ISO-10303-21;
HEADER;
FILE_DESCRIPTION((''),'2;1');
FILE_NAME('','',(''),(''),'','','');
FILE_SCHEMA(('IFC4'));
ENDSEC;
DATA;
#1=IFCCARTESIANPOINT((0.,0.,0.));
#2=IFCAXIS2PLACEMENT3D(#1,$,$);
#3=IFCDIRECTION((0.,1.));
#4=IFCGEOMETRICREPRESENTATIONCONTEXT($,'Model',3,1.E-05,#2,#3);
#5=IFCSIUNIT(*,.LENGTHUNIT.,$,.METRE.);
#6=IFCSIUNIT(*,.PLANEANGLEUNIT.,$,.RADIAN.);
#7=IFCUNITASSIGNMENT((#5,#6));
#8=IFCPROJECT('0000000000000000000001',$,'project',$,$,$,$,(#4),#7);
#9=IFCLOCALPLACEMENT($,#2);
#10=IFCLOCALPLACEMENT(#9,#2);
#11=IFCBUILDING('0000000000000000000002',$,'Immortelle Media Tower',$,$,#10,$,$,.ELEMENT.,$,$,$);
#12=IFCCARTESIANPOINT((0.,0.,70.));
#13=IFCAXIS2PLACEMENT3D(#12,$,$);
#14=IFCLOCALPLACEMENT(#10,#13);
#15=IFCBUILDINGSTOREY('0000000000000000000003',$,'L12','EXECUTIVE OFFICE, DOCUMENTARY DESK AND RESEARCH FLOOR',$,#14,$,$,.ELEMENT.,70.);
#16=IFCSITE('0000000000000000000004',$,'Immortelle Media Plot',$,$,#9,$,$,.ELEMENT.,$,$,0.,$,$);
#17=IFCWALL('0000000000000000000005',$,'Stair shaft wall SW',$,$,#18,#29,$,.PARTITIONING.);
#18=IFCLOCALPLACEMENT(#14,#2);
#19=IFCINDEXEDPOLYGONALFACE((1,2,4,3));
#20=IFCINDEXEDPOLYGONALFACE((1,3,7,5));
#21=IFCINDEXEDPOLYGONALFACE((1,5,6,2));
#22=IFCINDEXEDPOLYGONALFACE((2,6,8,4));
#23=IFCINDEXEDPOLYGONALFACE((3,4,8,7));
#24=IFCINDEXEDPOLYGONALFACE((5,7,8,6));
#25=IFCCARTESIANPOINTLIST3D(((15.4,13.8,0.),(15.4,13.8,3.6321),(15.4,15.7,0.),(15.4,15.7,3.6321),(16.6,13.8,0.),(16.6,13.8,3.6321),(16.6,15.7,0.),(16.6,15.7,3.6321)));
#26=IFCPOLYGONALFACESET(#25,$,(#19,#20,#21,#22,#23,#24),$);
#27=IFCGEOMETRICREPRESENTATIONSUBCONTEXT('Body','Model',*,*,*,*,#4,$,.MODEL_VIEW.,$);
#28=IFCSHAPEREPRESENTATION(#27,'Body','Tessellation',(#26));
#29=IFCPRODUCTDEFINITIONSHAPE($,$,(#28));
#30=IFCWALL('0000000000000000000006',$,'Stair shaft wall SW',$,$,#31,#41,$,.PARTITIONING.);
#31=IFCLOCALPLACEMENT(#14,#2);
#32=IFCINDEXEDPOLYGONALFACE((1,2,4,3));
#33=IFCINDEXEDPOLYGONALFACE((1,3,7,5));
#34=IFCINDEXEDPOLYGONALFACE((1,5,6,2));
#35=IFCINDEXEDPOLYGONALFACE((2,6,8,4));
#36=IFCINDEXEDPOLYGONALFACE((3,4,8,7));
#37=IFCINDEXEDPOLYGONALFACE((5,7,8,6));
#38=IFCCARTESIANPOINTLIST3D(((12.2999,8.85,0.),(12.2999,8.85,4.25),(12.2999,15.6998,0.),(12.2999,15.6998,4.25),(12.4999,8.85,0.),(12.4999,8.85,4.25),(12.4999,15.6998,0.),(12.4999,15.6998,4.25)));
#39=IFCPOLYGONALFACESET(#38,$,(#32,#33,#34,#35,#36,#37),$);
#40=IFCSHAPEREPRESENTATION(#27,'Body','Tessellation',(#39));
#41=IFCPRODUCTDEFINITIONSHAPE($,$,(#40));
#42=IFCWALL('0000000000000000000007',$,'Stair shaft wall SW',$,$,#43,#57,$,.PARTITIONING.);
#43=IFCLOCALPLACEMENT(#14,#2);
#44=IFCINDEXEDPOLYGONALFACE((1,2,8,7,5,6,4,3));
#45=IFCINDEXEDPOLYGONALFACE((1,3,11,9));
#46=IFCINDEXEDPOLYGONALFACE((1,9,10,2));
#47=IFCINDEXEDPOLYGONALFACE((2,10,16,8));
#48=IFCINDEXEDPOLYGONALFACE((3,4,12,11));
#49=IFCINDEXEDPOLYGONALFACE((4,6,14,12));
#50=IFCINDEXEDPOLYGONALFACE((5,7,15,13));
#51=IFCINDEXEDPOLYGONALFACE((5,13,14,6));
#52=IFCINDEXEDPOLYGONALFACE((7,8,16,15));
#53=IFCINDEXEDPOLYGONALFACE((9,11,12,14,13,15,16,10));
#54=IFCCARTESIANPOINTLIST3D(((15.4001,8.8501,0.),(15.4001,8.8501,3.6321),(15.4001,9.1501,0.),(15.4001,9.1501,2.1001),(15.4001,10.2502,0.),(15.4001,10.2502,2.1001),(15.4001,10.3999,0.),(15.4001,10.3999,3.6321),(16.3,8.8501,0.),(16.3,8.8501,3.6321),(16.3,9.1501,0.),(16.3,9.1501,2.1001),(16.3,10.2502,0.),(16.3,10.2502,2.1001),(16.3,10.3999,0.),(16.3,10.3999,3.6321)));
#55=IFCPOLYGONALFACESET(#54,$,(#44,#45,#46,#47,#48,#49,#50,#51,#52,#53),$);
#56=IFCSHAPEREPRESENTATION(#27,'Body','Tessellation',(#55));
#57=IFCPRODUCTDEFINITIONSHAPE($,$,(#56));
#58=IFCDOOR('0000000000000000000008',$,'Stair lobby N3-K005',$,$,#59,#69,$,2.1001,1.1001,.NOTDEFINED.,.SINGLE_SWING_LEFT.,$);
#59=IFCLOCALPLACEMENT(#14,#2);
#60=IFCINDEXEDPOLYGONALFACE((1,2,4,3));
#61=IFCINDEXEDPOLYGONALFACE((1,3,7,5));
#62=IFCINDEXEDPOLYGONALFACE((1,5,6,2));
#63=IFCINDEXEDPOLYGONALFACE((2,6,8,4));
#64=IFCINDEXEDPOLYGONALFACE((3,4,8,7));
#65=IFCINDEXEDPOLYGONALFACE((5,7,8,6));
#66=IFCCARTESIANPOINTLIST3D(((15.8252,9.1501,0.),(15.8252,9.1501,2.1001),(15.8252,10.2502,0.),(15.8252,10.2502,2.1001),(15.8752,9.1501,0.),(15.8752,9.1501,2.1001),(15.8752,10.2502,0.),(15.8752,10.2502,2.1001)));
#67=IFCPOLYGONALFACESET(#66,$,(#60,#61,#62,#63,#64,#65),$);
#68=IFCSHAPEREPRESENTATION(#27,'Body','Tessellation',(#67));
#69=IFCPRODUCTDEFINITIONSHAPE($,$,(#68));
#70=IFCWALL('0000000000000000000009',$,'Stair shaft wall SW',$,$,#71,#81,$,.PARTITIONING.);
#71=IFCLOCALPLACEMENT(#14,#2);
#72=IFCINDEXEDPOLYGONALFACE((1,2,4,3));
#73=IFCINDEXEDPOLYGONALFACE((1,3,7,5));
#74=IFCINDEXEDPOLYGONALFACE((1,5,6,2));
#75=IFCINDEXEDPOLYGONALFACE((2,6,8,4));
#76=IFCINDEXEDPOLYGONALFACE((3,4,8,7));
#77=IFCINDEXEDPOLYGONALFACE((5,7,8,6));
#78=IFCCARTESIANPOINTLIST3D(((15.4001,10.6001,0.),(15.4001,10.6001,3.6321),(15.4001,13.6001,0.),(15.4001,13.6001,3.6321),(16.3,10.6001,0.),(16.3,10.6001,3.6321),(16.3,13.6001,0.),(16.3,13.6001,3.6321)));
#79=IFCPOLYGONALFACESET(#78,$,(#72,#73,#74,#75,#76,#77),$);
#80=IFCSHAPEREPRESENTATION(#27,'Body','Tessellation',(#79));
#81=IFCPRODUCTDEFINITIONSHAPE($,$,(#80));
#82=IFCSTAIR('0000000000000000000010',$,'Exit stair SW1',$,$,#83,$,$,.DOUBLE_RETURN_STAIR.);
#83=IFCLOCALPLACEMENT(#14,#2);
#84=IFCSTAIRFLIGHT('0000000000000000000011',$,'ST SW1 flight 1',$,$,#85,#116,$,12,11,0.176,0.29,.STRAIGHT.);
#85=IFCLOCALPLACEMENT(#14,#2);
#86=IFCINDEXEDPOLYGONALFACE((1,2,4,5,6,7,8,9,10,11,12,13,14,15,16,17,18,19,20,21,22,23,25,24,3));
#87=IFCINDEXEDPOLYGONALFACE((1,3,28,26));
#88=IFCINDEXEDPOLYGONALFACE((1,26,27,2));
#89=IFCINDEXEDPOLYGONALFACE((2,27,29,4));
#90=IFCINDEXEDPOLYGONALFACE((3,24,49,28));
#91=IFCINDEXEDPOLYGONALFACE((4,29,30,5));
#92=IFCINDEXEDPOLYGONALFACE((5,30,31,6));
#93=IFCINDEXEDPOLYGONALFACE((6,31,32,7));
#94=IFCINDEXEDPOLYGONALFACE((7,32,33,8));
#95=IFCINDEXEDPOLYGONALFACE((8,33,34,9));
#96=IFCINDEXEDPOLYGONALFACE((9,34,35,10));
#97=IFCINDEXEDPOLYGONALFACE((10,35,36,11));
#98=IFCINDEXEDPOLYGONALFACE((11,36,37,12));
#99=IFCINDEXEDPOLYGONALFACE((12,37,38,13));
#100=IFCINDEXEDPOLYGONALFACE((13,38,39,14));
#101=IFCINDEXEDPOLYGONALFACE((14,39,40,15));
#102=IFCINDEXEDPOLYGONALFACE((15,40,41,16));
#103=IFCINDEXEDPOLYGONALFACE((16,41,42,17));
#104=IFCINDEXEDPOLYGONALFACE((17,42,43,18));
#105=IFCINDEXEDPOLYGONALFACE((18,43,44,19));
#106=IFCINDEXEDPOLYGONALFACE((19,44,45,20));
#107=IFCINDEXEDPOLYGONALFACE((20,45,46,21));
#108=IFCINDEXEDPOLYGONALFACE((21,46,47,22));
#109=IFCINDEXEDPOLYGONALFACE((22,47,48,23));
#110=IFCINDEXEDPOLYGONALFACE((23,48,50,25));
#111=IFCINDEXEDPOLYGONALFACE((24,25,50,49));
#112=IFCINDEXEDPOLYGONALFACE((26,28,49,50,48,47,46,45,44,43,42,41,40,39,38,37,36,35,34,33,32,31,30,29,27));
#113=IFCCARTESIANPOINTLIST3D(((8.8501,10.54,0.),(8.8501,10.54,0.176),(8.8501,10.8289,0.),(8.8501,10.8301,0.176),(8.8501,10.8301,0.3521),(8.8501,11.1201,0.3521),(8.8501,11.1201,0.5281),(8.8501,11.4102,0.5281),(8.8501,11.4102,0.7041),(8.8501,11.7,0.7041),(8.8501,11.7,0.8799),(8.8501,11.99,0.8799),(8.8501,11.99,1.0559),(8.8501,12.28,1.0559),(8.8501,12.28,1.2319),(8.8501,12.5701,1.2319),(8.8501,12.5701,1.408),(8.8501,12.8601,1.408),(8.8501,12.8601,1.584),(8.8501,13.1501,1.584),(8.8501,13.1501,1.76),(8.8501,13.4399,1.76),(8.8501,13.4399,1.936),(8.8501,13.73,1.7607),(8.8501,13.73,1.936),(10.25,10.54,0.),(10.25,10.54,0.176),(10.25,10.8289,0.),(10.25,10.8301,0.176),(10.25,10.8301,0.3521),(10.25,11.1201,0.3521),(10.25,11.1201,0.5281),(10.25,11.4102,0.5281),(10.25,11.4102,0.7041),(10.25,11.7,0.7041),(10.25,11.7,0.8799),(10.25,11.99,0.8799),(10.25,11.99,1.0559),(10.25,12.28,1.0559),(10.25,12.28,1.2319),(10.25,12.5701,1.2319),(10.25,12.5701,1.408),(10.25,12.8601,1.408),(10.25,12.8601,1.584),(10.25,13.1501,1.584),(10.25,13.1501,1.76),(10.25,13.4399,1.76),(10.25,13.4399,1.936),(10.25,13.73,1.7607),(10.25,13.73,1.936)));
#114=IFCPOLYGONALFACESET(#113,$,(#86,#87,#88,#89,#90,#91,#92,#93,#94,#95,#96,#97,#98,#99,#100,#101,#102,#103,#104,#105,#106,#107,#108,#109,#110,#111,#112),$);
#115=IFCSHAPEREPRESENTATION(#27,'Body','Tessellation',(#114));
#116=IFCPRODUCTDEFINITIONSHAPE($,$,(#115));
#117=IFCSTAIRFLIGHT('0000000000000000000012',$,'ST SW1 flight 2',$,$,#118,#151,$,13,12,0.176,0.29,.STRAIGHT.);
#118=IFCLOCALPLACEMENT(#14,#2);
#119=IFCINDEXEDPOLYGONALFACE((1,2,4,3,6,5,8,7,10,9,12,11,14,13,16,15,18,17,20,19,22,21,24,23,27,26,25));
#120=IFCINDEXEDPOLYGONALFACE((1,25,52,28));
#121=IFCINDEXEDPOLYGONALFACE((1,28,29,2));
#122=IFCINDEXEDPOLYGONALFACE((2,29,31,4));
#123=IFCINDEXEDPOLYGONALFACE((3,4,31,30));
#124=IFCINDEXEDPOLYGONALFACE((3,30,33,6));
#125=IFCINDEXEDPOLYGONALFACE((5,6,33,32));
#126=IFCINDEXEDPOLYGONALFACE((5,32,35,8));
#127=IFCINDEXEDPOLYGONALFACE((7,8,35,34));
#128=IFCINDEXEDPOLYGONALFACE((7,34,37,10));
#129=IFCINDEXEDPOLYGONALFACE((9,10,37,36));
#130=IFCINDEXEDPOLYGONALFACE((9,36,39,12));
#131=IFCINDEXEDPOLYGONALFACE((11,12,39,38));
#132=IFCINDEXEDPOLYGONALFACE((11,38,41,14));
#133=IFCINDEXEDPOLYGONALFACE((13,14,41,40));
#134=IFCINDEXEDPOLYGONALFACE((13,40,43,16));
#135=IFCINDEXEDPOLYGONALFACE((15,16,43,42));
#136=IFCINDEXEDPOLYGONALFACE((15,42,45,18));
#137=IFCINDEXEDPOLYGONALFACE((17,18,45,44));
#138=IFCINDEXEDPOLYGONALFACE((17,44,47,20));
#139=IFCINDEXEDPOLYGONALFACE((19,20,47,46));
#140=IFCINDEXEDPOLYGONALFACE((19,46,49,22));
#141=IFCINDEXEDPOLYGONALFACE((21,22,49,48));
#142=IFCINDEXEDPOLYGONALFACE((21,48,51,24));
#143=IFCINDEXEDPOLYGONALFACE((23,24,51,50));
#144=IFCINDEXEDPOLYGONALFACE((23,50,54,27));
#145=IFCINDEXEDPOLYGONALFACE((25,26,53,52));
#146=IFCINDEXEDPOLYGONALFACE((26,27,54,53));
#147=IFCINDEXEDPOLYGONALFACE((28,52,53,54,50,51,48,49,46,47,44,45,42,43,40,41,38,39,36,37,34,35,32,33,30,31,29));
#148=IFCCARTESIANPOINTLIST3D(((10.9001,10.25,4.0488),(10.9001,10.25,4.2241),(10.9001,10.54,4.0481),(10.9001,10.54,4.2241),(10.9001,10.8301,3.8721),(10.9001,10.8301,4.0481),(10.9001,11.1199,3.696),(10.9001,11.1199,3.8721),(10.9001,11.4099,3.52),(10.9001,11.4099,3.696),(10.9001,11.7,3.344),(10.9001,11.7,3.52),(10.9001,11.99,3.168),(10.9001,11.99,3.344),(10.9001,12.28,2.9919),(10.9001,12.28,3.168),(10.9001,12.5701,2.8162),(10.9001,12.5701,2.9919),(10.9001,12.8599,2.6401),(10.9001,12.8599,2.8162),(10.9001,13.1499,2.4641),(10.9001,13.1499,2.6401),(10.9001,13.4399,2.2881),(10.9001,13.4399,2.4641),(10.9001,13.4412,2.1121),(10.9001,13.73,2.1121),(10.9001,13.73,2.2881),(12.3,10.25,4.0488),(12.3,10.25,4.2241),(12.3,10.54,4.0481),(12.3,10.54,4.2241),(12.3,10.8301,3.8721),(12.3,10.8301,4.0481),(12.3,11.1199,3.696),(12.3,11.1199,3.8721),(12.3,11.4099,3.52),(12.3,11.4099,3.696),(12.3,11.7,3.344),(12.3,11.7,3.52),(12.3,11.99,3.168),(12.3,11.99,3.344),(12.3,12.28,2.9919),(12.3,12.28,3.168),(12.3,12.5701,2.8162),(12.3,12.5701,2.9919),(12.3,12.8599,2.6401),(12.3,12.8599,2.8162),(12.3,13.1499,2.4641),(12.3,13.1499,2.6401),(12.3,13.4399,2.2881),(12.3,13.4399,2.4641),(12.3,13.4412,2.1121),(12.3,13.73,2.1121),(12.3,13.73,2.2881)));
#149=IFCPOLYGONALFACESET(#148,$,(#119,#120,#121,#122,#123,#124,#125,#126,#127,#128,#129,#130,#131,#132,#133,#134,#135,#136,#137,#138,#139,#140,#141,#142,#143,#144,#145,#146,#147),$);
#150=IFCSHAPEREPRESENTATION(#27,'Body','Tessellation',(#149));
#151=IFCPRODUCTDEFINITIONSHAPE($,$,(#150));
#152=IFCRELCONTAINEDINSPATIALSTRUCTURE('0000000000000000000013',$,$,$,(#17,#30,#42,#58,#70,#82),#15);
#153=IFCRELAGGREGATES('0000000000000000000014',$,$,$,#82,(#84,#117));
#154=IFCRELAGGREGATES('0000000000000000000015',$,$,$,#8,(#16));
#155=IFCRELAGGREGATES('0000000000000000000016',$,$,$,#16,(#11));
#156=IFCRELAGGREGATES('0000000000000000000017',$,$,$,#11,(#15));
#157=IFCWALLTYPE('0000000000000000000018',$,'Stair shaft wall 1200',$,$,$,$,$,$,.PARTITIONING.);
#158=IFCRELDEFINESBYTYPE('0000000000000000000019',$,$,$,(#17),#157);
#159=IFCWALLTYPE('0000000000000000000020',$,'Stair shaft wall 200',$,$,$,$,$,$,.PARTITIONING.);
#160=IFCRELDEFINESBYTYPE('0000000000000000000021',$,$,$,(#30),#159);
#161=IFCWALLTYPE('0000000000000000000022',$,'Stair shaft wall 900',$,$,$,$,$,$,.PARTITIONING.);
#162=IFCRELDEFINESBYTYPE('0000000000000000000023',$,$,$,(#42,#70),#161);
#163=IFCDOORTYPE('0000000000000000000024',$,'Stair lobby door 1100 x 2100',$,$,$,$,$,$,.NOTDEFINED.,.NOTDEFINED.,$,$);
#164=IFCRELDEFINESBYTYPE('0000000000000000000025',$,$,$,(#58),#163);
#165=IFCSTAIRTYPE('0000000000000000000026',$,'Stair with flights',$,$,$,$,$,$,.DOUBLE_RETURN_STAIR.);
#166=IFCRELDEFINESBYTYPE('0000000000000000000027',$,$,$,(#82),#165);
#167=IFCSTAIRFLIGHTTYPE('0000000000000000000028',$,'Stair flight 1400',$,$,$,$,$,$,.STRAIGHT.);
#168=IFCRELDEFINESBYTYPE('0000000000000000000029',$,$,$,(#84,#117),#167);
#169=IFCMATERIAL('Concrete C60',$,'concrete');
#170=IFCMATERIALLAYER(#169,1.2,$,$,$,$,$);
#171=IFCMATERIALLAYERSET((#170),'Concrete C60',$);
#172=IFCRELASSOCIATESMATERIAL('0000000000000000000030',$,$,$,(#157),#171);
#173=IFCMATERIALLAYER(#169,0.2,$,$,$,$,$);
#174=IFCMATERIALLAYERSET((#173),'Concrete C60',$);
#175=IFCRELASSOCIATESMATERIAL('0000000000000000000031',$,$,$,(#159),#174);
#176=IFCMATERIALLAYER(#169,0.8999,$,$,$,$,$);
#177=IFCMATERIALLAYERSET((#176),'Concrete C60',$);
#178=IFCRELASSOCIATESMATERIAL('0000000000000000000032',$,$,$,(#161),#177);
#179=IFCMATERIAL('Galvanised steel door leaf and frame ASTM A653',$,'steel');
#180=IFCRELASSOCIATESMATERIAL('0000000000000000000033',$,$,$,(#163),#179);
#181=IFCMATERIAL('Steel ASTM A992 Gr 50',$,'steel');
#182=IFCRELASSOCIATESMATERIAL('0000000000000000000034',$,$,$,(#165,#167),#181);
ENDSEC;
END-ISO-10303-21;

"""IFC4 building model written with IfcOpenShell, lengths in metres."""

from ifc_helpers import new_model, si_unit, direction, frame, frame_2d, origin, place, context, subcontext, project, spatial, polyline, rectangle, outline, extrude, material, layer, layer_set, type_object, element, fill, aggregate, save


model = new_model("IFC4")

# Units and contexts
model_context = context("Model", 3, precision=1e-05, world=origin(), true_north=direction((0.0, 1.0)))
body_context = subcontext(model_context, "Body", "Model", "MODEL_VIEW")
ifc_project = project(units=[si_unit("LENGTHUNIT", "METRE"), si_unit("PLANEANGLEUNIT", "RADIAN")], contexts=[model_context])

# Site, building, storey
site_placement = place(None, origin())
site = spatial("IfcSite", under=ifc_project, at=site_placement, Name="Immortelle Media Plot", CompositionType="ELEMENT", RefElevation=0.0)
building_placement = place(site_placement, origin())
building = spatial("IfcBuilding", under=site, at=building_placement, Name="Immortelle Media Tower", CompositionType="ELEMENT")
storey_placement = place(building_placement, frame((0.0, 0.0, 70.0)))
storey = spatial("IfcBuildingStorey", under=building, at=storey_placement, Name="L12", Description="EXECUTIVE OFFICE, DOCUMENTARY DESK AND RESEARCH FLOOR", CompositionType="ELEMENT", Elevation=70.0)

# Shared definitions
ifc_material_1 = material(Name="Steel ASTM A992 Gr 50", Category="steel")

# Walls
ifc_material_2 = material(Name="Concrete C60", Category="concrete")
ifc_layer_1 = layer(ifc_material_2, 1.2)
ifc_layer_set_1 = layer_set([ifc_layer_1], Name="Concrete C60")
wall_type_1 = type_object("IfcWallType", Name="Stair shaft wall 1200", PredefinedType="PARTITIONING", material=ifc_layer_set_1)
wall_1_placement = place(storey_placement, frame((16.0, 13.8, 0.0), z_axis=(0.0, 0.0, 1.0), x_axis=(0.0, 1.0, 0.0)))
element("IfcWall", 1, at=wall_1_placement, inside=storey, type_object=wall_type_1, Name="Stair shaft wall SW", PredefinedType="PARTITIONING", context=body_context, shape_type="SweptSolid", body=[
    extrude(rectangle(XDim=1.8999, YDim=1.2, at=frame_2d((0.95, 0.0))), origin(), (0.0, 0.0, 1.0), 3.6321),
])
ifc_layer_2 = layer(ifc_material_2, 0.2)
ifc_layer_set_2 = layer_set([ifc_layer_2], Name="Concrete C60")
wall_type_2 = type_object("IfcWallType", Name="Stair shaft wall 200", PredefinedType="PARTITIONING", material=ifc_layer_set_2)
wall_2_placement = place(storey_placement, frame((12.3999, 8.8501, 0.0), z_axis=(0.0, 0.0, 1.0), x_axis=(0.0, 1.0, 0.0)))
element("IfcWall", 2, at=wall_2_placement, inside=storey, type_object=wall_type_2, Name="Stair shaft wall SW", PredefinedType="PARTITIONING", context=body_context, shape_type="SweptSolid", body=[
    extrude(rectangle(XDim=6.8499, YDim=0.2, at=frame_2d((3.4248, 0.0))), origin(), (0.0, 0.0, 1.0), 4.25),
])

# Wall, opening, door
ifc_layer_3 = layer(ifc_material_2, 0.8999)
ifc_layer_set_3 = layer_set([ifc_layer_3], Name="Concrete C60")
wall_type_3 = type_object("IfcWallType", Name="Stair shaft wall 900", PredefinedType="PARTITIONING", material=ifc_layer_set_3)
wall_3_placement = place(storey_placement, frame((15.8501, 8.8501, 0.0), z_axis=(0.0, 0.0, 1.0), x_axis=(0.0, 1.0, 0.0)))
wall_3 = element("IfcWall", 3, at=wall_3_placement, inside=storey, type_object=wall_type_3, Name="Stair shaft wall SW", PredefinedType="PARTITIONING", context=body_context, shape_type="SweptSolid", body=[
    extrude(rectangle(XDim=1.5498, YDim=0.8999, at=frame_2d((0.7749, 0.0))), origin(), (0.0, 0.0, 1.0), 3.6321),
])
opening_1_placement = place(wall_3_placement, frame((0.3, 0.0, 0.0)))
opening_1 = element("IfcOpeningElement", 4, at=opening_1_placement, cuts=wall_3, PredefinedType="OPENING", context=body_context, shape_type="SweptSolid", body=[
    extrude(rectangle(XDim=1.1001, YDim=2.1001, at=frame_2d((0.55, 1.05))), frame((0.0, 0.46, 0.0), z_axis=(0.0, -1.0, 0.0), x_axis=(1.0, 0.0, 0.0)), (0.0, 0.0, 1.0), 0.9199),
])
ifc_material_3 = material(Name="Galvanised steel door leaf and frame ASTM A653", Category="steel")
door_type_1 = type_object("IfcDoorType", Name="Stair lobby door 1100 x 2100", OperationType="NOTDEFINED", PredefinedType="NOTDEFINED", material=ifc_material_3)
door_1_placement = place(opening_1_placement, origin())
door_1 = element("IfcDoor", 5, at=door_1_placement, inside=storey, type_object=door_type_1, Name="Stair lobby N3-K005", OperationType="SINGLE_SWING_LEFT", OverallHeight=2.1001, OverallWidth=1.1001, PredefinedType="NOTDEFINED", context=body_context, shape_type="SweptSolid", body=[
    extrude(rectangle(XDim=1.1001, YDim=2.1001, at=frame_2d((0.55, 1.05))), frame((0.0, 0.0249, 0.0), z_axis=(0.0, -1.0, 0.0), x_axis=(1.0, 0.0, 0.0)), (0.0, 0.0, 1.0), 0.05),
])
fill(opening_1, door_1)

# Wall
wall_4_placement = place(storey_placement, frame((15.8501, 10.6001, 0.0), z_axis=(0.0, 0.0, 1.0), x_axis=(0.0, 1.0, 0.0)))
element("IfcWall", 6, at=wall_4_placement, inside=storey, type_object=wall_type_3, Name="Stair shaft wall SW", PredefinedType="PARTITIONING", context=body_context, shape_type="SweptSolid", body=[
    extrude(rectangle(XDim=3.0, YDim=0.8999, at=frame_2d((1.5, 0.0))), origin(), (0.0, 0.0, 1.0), 3.6321),
])

# Stair, stair flights
stair_type = type_object("IfcStairType", Name="Stair with flights", PredefinedType="DOUBLE_RETURN_STAIR", material=ifc_material_1)
stair_1_placement = place(storey_placement, origin())
stair_1 = element("IfcStair", 7, at=stair_1_placement, inside=storey, type_object=stair_type, Name="Exit stair SW1", PredefinedType="DOUBLE_RETURN_STAIR")
stair_flight_type = type_object("IfcStairFlightType", Name="Stair flight 1400", PredefinedType="STRAIGHT", material=ifc_material_1)
stair_flight_1_placement = place(storey_placement, frame((9.55, 10.54, 0.0), z_axis=(0.0, 0.0, 1.0), x_axis=(0.0, 1.0, 0.0)))
stair_flight_1 = element("IfcStairFlight", 8, at=stair_flight_1_placement, type_object=stair_flight_type, Name="ST SW1 flight 1", NumberOfRisers=12, NumberOfTreads=11, PredefinedType="STRAIGHT", RiserHeight=0.176, TreadLength=0.29, context=body_context, shape_type="SweptSolid", body=[
    extrude(outline(polyline([(0.0, 0.0), (0.0, 0.176), (0.29, 0.176), (0.29, 0.3521), (0.5801, 0.3521), (0.5801, 0.5281), (0.8701, 0.5281), (0.8701, 0.7041), (1.1599, 0.7041), (1.1599, 0.8799), (1.45, 0.8799), (1.45, 1.0559), (1.74, 1.0559), (1.74, 1.2319), (2.03, 1.2319), (2.03, 1.408), (2.3201, 1.408), (2.3201, 1.584), (2.6101, 1.584), (2.6101, 1.76), (2.8999, 1.76), (2.8999, 1.936), (3.1899, 1.936), (3.1899, 2.1121), (3.1899, 1.7607), (0.2888, 0.0), (0.0, 0.0)])), frame((0.0, 0.7, 0.0), z_axis=(0.0, -1.0, 0.0), x_axis=(1.0, 0.0, 0.0)), (0.0, 0.0, 1.0), 1.3999),
])
stair_flight_2_placement = place(storey_placement, frame((11.6001, 13.73, 2.1121), z_axis=(0.0, 0.0, 1.0), x_axis=(0.0, -1.0, 0.0)))
stair_flight_2 = element("IfcStairFlight", 9, at=stair_flight_2_placement, type_object=stair_flight_type, Name="ST SW1 flight 2", NumberOfRisers=13, NumberOfTreads=12, PredefinedType="STRAIGHT", RiserHeight=0.176, TreadLength=0.29, context=body_context, shape_type="SweptSolid", body=[
    extrude(outline(polyline([(0.0, 0.0), (0.0, 0.176), (0.29, 0.176), (0.29, 0.3521), (0.5801, 0.3521), (0.5801, 0.5281), (0.8701, 0.5281), (0.8701, 0.7041), (1.1599, 0.7041), (1.1599, 0.8799), (1.45, 0.8799), (1.45, 1.0559), (1.74, 1.0559), (1.74, 1.2319), (2.03, 1.2319), (2.03, 1.408), (2.3201, 1.408), (2.3201, 1.584), (2.6101, 1.584), (2.6101, 1.76), (2.8999, 1.76), (2.8999, 1.936), (3.1899, 1.936), (3.1899, 2.1121), (3.48, 2.1121), (3.48, 2.2881), (3.48, 1.9368), (0.2888, 0.0), (0.0, 0.0)])), frame((0.0, 0.7, 0.0), z_axis=(0.0, -1.0, 0.0), x_axis=(1.0, 0.0, 0.0)), (0.0, 0.0, 1.0), 1.3999),
])
aggregate(stair_1, [stair_flight_1, stair_flight_2])

save(model, "model.ifc")
